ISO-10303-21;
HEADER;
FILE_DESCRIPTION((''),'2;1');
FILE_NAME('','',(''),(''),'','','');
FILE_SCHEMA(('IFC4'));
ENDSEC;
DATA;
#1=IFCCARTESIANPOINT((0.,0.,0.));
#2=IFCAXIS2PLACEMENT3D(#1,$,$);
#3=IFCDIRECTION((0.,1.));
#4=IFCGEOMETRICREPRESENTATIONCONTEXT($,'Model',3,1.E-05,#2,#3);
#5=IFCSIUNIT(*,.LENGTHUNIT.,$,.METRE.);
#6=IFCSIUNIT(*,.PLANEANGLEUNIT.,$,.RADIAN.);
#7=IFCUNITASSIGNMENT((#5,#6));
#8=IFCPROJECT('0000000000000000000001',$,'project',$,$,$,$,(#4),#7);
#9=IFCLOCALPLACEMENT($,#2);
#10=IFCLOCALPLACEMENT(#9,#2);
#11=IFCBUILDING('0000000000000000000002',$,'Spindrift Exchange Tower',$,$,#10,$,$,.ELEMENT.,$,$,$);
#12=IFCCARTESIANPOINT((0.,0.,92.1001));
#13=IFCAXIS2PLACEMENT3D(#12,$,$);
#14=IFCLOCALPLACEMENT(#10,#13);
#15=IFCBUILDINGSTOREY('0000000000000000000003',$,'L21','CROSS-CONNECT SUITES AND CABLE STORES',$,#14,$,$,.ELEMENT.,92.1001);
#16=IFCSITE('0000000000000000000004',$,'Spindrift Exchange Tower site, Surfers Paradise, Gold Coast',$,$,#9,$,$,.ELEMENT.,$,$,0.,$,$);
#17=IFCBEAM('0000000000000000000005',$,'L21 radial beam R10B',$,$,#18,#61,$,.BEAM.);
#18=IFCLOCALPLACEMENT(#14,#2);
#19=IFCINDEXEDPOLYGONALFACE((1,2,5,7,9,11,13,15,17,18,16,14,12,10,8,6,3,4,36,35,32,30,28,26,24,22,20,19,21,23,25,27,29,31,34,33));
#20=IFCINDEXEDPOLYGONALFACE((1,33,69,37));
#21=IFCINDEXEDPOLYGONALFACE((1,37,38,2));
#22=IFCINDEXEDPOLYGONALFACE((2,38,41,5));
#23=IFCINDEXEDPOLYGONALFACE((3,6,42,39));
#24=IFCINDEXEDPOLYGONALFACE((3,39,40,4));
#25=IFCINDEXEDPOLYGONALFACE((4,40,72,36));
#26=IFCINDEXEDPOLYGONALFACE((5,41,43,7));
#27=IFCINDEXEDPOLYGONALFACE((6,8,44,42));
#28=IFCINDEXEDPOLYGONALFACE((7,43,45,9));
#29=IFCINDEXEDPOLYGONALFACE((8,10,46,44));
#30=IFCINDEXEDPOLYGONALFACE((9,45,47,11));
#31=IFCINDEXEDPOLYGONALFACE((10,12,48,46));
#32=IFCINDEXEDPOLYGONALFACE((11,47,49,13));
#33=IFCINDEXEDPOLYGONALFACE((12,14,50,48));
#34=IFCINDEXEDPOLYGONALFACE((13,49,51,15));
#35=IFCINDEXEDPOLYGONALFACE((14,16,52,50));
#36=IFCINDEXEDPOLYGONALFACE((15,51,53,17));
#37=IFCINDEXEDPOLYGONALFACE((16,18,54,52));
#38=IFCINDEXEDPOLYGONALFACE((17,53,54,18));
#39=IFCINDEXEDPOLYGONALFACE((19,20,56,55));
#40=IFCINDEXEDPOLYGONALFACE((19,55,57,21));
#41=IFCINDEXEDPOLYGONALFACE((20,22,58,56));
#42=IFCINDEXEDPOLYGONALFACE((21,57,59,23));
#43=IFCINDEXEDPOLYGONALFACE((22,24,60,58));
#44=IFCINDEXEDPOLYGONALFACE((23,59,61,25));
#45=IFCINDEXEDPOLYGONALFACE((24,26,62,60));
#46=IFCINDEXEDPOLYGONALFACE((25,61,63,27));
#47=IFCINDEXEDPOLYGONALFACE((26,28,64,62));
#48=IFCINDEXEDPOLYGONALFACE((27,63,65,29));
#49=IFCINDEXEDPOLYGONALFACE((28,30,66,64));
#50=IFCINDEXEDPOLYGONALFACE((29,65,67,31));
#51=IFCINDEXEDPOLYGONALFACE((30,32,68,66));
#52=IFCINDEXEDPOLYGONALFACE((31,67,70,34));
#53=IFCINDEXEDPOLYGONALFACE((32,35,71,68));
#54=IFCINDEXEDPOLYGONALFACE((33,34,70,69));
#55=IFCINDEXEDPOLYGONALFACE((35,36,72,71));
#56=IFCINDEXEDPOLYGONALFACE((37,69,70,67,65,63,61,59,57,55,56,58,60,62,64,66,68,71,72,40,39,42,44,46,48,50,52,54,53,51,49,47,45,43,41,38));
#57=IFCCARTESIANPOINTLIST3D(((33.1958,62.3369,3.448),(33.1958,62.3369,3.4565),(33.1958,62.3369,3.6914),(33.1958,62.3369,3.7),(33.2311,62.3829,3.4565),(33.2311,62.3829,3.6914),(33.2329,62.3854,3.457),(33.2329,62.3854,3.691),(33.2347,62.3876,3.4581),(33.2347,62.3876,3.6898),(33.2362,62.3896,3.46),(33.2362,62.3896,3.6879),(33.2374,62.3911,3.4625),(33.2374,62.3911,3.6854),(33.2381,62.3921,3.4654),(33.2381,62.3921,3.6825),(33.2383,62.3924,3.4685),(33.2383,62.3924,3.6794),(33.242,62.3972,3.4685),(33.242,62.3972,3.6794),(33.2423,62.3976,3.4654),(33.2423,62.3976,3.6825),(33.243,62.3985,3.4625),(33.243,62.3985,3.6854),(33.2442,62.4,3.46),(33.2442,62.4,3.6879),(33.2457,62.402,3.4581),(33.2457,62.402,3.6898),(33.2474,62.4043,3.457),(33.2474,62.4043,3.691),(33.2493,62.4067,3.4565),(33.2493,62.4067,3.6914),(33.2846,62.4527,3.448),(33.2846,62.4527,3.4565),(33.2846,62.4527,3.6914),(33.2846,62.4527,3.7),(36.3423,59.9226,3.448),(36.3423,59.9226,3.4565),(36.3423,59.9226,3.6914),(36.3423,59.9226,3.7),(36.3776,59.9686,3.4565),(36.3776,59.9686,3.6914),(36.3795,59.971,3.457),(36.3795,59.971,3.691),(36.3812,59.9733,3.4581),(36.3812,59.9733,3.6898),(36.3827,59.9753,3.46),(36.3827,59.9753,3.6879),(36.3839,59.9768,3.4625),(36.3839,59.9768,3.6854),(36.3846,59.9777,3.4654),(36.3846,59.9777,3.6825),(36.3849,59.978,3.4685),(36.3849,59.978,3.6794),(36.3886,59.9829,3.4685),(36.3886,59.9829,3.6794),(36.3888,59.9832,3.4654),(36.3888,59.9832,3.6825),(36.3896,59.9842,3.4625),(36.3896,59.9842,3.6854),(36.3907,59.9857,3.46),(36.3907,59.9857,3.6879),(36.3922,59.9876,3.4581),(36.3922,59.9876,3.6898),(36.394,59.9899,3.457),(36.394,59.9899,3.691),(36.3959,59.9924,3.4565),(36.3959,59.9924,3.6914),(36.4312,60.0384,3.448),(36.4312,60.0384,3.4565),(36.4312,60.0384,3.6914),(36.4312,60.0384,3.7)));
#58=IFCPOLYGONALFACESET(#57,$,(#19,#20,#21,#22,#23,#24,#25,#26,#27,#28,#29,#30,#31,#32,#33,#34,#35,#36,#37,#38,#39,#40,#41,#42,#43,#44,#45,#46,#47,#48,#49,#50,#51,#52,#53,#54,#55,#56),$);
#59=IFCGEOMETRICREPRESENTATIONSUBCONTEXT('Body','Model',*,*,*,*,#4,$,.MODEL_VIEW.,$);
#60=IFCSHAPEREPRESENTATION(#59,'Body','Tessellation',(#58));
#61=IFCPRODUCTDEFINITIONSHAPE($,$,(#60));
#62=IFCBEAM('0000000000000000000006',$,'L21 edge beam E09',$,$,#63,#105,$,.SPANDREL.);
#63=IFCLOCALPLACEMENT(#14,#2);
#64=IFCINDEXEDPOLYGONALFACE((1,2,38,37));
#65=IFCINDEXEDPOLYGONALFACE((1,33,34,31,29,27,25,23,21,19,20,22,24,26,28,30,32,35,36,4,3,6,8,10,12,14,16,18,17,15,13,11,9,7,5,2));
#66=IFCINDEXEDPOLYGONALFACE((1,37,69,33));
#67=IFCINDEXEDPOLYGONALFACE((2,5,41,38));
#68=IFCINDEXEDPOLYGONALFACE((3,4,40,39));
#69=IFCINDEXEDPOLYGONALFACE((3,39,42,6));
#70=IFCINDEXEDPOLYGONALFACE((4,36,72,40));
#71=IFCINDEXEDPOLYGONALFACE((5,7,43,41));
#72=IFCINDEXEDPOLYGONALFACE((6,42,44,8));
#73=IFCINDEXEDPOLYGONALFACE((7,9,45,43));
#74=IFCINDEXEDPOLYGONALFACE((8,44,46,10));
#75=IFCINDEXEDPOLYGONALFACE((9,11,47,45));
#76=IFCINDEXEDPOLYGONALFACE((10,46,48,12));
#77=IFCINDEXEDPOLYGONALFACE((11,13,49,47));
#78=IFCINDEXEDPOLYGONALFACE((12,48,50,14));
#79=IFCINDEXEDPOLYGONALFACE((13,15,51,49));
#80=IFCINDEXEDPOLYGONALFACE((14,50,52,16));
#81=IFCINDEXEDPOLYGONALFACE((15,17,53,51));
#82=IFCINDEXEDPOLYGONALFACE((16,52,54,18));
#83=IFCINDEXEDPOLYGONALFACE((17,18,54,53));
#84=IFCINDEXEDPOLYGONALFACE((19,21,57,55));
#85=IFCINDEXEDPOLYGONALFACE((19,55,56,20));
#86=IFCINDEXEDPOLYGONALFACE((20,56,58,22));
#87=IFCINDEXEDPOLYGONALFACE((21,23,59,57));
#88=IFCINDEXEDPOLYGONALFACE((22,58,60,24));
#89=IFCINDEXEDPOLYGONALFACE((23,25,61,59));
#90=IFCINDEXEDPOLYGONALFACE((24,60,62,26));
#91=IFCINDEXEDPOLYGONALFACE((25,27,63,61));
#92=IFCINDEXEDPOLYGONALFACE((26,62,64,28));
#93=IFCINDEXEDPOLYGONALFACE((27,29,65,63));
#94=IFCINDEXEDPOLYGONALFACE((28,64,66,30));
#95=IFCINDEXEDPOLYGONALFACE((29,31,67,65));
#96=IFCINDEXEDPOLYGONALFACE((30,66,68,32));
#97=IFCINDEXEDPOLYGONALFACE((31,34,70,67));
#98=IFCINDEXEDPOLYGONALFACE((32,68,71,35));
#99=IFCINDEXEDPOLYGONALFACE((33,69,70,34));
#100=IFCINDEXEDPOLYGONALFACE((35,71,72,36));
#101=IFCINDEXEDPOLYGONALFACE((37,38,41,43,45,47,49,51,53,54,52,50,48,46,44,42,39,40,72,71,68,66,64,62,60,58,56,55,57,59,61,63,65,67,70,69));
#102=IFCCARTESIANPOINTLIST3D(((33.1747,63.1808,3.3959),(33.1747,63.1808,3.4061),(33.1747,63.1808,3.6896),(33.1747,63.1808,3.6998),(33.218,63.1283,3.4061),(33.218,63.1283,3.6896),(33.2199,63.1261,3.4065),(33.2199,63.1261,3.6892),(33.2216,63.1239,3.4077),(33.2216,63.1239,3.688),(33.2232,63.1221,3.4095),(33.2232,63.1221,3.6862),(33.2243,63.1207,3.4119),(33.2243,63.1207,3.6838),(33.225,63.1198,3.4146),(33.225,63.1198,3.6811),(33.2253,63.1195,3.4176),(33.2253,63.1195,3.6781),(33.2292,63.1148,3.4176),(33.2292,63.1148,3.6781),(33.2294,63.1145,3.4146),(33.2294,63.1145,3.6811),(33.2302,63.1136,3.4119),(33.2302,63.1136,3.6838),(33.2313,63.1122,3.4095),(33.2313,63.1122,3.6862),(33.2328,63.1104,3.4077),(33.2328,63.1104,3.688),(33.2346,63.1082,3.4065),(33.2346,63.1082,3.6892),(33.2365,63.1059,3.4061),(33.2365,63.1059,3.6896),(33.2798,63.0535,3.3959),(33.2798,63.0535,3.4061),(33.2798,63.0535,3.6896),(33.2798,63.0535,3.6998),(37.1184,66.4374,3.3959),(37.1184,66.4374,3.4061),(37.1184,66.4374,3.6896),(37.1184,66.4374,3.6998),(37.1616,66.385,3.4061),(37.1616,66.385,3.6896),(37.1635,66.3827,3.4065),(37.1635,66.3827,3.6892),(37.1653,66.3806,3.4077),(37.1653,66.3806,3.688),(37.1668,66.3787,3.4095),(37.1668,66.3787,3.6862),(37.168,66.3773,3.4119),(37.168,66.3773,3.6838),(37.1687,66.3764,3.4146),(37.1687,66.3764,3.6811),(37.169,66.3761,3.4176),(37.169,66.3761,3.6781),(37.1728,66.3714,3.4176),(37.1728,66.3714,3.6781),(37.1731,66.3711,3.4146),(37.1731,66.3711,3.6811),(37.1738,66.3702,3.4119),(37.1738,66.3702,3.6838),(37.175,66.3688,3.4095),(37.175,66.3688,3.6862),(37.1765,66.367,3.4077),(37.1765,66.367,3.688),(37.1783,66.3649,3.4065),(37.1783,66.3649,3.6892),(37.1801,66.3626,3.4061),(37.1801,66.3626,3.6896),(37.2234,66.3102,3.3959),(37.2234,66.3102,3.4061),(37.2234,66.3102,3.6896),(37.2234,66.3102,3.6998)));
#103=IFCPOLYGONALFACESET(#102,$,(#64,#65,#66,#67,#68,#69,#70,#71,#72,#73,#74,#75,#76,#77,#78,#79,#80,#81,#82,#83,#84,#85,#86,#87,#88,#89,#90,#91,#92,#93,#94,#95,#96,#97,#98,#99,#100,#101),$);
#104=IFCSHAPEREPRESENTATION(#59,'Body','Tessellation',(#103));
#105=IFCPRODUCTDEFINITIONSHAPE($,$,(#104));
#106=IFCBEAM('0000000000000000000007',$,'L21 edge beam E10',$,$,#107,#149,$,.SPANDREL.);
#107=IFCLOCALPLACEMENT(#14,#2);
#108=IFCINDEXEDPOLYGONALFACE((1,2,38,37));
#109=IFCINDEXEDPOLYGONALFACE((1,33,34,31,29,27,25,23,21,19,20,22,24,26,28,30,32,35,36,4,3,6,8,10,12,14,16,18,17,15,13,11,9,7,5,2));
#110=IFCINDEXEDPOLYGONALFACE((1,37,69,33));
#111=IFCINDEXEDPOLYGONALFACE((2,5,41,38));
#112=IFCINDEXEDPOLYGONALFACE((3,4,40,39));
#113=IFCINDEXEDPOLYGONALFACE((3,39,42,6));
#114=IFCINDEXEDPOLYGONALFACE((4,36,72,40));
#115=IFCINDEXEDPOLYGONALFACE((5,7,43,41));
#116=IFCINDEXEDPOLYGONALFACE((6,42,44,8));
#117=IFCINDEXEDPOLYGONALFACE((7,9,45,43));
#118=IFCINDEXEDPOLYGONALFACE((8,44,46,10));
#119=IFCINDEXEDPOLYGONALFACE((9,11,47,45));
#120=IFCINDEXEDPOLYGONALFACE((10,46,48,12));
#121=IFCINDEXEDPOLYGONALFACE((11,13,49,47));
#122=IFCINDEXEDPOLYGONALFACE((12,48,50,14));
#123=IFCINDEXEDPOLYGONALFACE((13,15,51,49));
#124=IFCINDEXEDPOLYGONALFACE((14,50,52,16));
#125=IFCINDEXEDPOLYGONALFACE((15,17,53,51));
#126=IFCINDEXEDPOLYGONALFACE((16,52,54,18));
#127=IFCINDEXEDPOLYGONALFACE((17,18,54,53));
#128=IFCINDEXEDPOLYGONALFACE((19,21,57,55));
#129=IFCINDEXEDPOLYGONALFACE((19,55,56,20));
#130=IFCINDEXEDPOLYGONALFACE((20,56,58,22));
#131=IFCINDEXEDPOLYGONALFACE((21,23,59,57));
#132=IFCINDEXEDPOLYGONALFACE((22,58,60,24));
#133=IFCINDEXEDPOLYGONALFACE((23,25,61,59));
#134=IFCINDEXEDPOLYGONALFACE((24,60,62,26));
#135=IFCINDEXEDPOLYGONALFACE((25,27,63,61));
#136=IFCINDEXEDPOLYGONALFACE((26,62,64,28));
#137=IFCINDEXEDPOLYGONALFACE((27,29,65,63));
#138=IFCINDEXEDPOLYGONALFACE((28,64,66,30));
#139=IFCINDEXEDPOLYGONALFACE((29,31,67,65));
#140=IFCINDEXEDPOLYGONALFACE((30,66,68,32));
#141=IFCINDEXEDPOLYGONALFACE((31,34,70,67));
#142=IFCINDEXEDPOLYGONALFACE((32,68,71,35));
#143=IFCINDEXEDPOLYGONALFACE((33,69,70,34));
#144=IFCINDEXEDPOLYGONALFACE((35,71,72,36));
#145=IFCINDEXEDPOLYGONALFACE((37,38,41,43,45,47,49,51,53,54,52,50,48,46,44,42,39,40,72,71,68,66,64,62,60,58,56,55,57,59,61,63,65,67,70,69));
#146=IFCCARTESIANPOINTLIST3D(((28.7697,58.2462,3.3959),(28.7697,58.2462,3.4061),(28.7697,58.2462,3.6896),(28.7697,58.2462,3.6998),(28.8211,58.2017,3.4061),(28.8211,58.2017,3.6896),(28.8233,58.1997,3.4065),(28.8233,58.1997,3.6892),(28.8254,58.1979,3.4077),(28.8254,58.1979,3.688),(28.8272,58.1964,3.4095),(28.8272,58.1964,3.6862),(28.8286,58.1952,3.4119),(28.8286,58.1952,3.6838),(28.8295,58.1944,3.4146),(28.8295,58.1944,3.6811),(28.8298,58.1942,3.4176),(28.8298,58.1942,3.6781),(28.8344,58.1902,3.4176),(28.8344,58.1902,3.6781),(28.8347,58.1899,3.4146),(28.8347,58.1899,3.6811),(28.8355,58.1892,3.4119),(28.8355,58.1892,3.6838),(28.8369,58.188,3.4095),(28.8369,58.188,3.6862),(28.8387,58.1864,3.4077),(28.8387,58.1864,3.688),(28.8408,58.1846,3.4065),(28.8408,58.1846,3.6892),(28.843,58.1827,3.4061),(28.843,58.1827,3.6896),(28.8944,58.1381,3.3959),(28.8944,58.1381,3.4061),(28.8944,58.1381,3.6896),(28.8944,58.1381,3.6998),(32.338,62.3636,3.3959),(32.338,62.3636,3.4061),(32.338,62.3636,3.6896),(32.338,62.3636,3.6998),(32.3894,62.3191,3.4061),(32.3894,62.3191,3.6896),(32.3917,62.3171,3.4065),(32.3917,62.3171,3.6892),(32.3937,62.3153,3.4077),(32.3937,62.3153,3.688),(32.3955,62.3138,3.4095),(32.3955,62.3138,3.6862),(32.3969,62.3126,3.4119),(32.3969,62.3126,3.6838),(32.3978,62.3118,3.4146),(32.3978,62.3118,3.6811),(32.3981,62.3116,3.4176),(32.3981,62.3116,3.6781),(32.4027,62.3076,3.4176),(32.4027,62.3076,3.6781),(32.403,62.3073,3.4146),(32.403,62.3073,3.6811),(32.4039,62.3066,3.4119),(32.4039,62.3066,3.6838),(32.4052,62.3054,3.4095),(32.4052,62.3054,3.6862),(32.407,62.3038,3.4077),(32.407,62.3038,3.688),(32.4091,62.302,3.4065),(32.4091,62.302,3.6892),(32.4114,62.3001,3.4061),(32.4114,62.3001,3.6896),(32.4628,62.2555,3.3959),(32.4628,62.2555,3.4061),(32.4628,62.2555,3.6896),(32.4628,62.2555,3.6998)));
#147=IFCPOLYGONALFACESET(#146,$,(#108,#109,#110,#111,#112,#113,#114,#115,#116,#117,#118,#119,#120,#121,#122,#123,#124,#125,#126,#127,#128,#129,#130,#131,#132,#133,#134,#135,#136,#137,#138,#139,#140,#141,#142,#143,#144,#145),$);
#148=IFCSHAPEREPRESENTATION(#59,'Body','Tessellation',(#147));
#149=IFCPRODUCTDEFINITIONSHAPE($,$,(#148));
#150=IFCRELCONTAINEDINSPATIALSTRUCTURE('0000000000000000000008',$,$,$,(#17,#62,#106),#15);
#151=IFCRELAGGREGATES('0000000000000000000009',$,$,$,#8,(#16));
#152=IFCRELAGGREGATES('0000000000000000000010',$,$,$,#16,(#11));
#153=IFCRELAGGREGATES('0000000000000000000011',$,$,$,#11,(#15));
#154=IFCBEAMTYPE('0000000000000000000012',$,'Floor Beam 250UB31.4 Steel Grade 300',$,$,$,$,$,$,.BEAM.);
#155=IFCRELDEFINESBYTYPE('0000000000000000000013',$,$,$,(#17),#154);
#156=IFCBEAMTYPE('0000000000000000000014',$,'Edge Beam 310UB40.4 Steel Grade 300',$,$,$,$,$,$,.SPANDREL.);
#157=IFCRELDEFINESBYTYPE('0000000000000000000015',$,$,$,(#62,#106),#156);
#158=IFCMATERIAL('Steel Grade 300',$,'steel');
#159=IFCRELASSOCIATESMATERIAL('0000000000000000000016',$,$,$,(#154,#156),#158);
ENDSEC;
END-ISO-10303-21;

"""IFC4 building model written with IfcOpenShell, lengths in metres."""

from ifc_helpers import new_model, si_unit, direction, frame, origin, origin_2d, place, context, subcontext, project, spatial, i_section, extrude, source, transform, mapped, material, material_profile, profile_set, type_object, element, save


model = new_model("IFC4")

# Units and contexts
model_context = context("Model", 3, precision=1e-05, world=origin(), true_north=direction((0.0, 1.0)))
body_context = subcontext(model_context, "Body", "Model", "MODEL_VIEW")
ifc_project = project(units=[si_unit("LENGTHUNIT", "METRE"), si_unit("PLANEANGLEUNIT", "RADIAN")], contexts=[model_context])

# Site, building, storey
site_placement = place(None, origin())
site = spatial("IfcSite", under=ifc_project, at=site_placement, Name="Spindrift Exchange Tower site, Surfers Paradise, Gold Coast", CompositionType="ELEMENT", RefElevation=0.0)
building_placement = place(site_placement, origin())
building = spatial("IfcBuilding", under=site, at=building_placement, Name="Spindrift Exchange Tower", CompositionType="ELEMENT")
storey_placement = place(building_placement, frame((0.0, 0.0, 92.1001)))
storey = spatial("IfcBuildingStorey", under=building, at=storey_placement, Name="L21", Description="CROSS-CONNECT SUITES AND CABLE STORES", CompositionType="ELEMENT", Elevation=92.1001)

# Beams
ifc_material_1 = material(Name="Steel Grade 300", Category="steel")
ifc_material_profile_1 = material_profile(ifc_material_1, i_section(OverallWidth=0.146, OverallDepth=0.252, WebThickness=0.0061, FlangeThickness=0.0085, FilletRadius=0.012, at=origin_2d()), Name="250UB31.4")
ifc_profile_set_1 = profile_set([ifc_material_profile_1], Name="Steel Grade 300")
beam_type_1 = type_object("IfcBeamType", Name="Floor Beam 250UB31.4 Steel Grade 300", PredefinedType="BEAM", material=ifc_profile_set_1)
shared_shape_1 = source(origin(), body_context, "Body", "SweptSolid", [
    extrude(i_section(OverallWidth=0.146, OverallDepth=0.252, WebThickness=0.0061, FlangeThickness=0.0085, FilletRadius=0.012, at=origin_2d()), origin(), (0.0, 0.0, 1.0), 3.9661),
])
beam_1_placement = place(storey_placement, frame((36.3867, 59.9805, 3.574), z_axis=(-0.793363, 0.608749, 0.0), x_axis=(-0.608749, -0.793363, 0.0)))
element("IfcBeam", 1, at=beam_1_placement, inside=storey, type_object=beam_type_1, Name="L21 radial beam R10B", PredefinedType="BEAM", context=body_context, shape_type="MappedRepresentation", body=[
    mapped(shared_shape_1, transform((0.0, 0.0, 0.0), scale=1.0)),
])
ifc_material_profile_2 = material_profile(ifc_material_1, i_section(OverallWidth=0.165, OverallDepth=0.304, WebThickness=0.0061, FlangeThickness=0.0103, FilletRadius=0.0115, at=origin_2d()), Name="310UB40.4")
ifc_profile_set_2 = profile_set([ifc_material_profile_2], Name="Steel Grade 300")
beam_type_2 = type_object("IfcBeamType", Name="Edge Beam 310UB40.4 Steel Grade 300", PredefinedType="SPANDREL", material=ifc_profile_set_2)
shared_shape_2 = source(origin(), body_context, "Body", "SweptSolid", [
    extrude(i_section(OverallWidth=0.165, OverallDepth=0.304, WebThickness=0.0061, FlangeThickness=0.0103, FilletRadius=0.0115, at=origin_2d()), origin(), (0.0, 0.0, 1.0), 5.1145),
])
beam_2_placement = place(storey_placement, frame((37.1709, 66.3738, 3.5479), z_axis=(-0.771074, -0.636746, 0.0), x_axis=(0.636746, -0.771074, 0.0)))
element("IfcBeam", 2, at=beam_2_placement, inside=storey, type_object=beam_type_2, Name="L21 edge beam E09", PredefinedType="SPANDREL", context=body_context, shape_type="MappedRepresentation", body=[
    mapped(shared_shape_2, transform((0.0, 0.0, 0.0), scale=1.0)),
])
shared_shape_3 = source(origin(), body_context, "Body", "SweptSolid", [
    extrude(i_section(OverallWidth=0.165, OverallDepth=0.304, WebThickness=0.0061, FlangeThickness=0.0103, FilletRadius=0.0115, at=origin_2d()), origin(), (0.0, 0.0, 1.0), 5.4485),
])
beam_3_placement = place(storey_placement, frame((32.4004, 62.3096, 3.5479), z_axis=(-0.654922, -0.755696, 0.0), x_axis=(0.755696, -0.654922, 0.0)))
element("IfcBeam", 3, at=beam_3_placement, inside=storey, type_object=beam_type_2, Name="L21 edge beam E10", PredefinedType="SPANDREL", context=body_context, shape_type="MappedRepresentation", body=[
    mapped(shared_shape_3, transform((0.0, 0.0, 0.0), scale=1.0)),
])

save(model, "model.ifc")
